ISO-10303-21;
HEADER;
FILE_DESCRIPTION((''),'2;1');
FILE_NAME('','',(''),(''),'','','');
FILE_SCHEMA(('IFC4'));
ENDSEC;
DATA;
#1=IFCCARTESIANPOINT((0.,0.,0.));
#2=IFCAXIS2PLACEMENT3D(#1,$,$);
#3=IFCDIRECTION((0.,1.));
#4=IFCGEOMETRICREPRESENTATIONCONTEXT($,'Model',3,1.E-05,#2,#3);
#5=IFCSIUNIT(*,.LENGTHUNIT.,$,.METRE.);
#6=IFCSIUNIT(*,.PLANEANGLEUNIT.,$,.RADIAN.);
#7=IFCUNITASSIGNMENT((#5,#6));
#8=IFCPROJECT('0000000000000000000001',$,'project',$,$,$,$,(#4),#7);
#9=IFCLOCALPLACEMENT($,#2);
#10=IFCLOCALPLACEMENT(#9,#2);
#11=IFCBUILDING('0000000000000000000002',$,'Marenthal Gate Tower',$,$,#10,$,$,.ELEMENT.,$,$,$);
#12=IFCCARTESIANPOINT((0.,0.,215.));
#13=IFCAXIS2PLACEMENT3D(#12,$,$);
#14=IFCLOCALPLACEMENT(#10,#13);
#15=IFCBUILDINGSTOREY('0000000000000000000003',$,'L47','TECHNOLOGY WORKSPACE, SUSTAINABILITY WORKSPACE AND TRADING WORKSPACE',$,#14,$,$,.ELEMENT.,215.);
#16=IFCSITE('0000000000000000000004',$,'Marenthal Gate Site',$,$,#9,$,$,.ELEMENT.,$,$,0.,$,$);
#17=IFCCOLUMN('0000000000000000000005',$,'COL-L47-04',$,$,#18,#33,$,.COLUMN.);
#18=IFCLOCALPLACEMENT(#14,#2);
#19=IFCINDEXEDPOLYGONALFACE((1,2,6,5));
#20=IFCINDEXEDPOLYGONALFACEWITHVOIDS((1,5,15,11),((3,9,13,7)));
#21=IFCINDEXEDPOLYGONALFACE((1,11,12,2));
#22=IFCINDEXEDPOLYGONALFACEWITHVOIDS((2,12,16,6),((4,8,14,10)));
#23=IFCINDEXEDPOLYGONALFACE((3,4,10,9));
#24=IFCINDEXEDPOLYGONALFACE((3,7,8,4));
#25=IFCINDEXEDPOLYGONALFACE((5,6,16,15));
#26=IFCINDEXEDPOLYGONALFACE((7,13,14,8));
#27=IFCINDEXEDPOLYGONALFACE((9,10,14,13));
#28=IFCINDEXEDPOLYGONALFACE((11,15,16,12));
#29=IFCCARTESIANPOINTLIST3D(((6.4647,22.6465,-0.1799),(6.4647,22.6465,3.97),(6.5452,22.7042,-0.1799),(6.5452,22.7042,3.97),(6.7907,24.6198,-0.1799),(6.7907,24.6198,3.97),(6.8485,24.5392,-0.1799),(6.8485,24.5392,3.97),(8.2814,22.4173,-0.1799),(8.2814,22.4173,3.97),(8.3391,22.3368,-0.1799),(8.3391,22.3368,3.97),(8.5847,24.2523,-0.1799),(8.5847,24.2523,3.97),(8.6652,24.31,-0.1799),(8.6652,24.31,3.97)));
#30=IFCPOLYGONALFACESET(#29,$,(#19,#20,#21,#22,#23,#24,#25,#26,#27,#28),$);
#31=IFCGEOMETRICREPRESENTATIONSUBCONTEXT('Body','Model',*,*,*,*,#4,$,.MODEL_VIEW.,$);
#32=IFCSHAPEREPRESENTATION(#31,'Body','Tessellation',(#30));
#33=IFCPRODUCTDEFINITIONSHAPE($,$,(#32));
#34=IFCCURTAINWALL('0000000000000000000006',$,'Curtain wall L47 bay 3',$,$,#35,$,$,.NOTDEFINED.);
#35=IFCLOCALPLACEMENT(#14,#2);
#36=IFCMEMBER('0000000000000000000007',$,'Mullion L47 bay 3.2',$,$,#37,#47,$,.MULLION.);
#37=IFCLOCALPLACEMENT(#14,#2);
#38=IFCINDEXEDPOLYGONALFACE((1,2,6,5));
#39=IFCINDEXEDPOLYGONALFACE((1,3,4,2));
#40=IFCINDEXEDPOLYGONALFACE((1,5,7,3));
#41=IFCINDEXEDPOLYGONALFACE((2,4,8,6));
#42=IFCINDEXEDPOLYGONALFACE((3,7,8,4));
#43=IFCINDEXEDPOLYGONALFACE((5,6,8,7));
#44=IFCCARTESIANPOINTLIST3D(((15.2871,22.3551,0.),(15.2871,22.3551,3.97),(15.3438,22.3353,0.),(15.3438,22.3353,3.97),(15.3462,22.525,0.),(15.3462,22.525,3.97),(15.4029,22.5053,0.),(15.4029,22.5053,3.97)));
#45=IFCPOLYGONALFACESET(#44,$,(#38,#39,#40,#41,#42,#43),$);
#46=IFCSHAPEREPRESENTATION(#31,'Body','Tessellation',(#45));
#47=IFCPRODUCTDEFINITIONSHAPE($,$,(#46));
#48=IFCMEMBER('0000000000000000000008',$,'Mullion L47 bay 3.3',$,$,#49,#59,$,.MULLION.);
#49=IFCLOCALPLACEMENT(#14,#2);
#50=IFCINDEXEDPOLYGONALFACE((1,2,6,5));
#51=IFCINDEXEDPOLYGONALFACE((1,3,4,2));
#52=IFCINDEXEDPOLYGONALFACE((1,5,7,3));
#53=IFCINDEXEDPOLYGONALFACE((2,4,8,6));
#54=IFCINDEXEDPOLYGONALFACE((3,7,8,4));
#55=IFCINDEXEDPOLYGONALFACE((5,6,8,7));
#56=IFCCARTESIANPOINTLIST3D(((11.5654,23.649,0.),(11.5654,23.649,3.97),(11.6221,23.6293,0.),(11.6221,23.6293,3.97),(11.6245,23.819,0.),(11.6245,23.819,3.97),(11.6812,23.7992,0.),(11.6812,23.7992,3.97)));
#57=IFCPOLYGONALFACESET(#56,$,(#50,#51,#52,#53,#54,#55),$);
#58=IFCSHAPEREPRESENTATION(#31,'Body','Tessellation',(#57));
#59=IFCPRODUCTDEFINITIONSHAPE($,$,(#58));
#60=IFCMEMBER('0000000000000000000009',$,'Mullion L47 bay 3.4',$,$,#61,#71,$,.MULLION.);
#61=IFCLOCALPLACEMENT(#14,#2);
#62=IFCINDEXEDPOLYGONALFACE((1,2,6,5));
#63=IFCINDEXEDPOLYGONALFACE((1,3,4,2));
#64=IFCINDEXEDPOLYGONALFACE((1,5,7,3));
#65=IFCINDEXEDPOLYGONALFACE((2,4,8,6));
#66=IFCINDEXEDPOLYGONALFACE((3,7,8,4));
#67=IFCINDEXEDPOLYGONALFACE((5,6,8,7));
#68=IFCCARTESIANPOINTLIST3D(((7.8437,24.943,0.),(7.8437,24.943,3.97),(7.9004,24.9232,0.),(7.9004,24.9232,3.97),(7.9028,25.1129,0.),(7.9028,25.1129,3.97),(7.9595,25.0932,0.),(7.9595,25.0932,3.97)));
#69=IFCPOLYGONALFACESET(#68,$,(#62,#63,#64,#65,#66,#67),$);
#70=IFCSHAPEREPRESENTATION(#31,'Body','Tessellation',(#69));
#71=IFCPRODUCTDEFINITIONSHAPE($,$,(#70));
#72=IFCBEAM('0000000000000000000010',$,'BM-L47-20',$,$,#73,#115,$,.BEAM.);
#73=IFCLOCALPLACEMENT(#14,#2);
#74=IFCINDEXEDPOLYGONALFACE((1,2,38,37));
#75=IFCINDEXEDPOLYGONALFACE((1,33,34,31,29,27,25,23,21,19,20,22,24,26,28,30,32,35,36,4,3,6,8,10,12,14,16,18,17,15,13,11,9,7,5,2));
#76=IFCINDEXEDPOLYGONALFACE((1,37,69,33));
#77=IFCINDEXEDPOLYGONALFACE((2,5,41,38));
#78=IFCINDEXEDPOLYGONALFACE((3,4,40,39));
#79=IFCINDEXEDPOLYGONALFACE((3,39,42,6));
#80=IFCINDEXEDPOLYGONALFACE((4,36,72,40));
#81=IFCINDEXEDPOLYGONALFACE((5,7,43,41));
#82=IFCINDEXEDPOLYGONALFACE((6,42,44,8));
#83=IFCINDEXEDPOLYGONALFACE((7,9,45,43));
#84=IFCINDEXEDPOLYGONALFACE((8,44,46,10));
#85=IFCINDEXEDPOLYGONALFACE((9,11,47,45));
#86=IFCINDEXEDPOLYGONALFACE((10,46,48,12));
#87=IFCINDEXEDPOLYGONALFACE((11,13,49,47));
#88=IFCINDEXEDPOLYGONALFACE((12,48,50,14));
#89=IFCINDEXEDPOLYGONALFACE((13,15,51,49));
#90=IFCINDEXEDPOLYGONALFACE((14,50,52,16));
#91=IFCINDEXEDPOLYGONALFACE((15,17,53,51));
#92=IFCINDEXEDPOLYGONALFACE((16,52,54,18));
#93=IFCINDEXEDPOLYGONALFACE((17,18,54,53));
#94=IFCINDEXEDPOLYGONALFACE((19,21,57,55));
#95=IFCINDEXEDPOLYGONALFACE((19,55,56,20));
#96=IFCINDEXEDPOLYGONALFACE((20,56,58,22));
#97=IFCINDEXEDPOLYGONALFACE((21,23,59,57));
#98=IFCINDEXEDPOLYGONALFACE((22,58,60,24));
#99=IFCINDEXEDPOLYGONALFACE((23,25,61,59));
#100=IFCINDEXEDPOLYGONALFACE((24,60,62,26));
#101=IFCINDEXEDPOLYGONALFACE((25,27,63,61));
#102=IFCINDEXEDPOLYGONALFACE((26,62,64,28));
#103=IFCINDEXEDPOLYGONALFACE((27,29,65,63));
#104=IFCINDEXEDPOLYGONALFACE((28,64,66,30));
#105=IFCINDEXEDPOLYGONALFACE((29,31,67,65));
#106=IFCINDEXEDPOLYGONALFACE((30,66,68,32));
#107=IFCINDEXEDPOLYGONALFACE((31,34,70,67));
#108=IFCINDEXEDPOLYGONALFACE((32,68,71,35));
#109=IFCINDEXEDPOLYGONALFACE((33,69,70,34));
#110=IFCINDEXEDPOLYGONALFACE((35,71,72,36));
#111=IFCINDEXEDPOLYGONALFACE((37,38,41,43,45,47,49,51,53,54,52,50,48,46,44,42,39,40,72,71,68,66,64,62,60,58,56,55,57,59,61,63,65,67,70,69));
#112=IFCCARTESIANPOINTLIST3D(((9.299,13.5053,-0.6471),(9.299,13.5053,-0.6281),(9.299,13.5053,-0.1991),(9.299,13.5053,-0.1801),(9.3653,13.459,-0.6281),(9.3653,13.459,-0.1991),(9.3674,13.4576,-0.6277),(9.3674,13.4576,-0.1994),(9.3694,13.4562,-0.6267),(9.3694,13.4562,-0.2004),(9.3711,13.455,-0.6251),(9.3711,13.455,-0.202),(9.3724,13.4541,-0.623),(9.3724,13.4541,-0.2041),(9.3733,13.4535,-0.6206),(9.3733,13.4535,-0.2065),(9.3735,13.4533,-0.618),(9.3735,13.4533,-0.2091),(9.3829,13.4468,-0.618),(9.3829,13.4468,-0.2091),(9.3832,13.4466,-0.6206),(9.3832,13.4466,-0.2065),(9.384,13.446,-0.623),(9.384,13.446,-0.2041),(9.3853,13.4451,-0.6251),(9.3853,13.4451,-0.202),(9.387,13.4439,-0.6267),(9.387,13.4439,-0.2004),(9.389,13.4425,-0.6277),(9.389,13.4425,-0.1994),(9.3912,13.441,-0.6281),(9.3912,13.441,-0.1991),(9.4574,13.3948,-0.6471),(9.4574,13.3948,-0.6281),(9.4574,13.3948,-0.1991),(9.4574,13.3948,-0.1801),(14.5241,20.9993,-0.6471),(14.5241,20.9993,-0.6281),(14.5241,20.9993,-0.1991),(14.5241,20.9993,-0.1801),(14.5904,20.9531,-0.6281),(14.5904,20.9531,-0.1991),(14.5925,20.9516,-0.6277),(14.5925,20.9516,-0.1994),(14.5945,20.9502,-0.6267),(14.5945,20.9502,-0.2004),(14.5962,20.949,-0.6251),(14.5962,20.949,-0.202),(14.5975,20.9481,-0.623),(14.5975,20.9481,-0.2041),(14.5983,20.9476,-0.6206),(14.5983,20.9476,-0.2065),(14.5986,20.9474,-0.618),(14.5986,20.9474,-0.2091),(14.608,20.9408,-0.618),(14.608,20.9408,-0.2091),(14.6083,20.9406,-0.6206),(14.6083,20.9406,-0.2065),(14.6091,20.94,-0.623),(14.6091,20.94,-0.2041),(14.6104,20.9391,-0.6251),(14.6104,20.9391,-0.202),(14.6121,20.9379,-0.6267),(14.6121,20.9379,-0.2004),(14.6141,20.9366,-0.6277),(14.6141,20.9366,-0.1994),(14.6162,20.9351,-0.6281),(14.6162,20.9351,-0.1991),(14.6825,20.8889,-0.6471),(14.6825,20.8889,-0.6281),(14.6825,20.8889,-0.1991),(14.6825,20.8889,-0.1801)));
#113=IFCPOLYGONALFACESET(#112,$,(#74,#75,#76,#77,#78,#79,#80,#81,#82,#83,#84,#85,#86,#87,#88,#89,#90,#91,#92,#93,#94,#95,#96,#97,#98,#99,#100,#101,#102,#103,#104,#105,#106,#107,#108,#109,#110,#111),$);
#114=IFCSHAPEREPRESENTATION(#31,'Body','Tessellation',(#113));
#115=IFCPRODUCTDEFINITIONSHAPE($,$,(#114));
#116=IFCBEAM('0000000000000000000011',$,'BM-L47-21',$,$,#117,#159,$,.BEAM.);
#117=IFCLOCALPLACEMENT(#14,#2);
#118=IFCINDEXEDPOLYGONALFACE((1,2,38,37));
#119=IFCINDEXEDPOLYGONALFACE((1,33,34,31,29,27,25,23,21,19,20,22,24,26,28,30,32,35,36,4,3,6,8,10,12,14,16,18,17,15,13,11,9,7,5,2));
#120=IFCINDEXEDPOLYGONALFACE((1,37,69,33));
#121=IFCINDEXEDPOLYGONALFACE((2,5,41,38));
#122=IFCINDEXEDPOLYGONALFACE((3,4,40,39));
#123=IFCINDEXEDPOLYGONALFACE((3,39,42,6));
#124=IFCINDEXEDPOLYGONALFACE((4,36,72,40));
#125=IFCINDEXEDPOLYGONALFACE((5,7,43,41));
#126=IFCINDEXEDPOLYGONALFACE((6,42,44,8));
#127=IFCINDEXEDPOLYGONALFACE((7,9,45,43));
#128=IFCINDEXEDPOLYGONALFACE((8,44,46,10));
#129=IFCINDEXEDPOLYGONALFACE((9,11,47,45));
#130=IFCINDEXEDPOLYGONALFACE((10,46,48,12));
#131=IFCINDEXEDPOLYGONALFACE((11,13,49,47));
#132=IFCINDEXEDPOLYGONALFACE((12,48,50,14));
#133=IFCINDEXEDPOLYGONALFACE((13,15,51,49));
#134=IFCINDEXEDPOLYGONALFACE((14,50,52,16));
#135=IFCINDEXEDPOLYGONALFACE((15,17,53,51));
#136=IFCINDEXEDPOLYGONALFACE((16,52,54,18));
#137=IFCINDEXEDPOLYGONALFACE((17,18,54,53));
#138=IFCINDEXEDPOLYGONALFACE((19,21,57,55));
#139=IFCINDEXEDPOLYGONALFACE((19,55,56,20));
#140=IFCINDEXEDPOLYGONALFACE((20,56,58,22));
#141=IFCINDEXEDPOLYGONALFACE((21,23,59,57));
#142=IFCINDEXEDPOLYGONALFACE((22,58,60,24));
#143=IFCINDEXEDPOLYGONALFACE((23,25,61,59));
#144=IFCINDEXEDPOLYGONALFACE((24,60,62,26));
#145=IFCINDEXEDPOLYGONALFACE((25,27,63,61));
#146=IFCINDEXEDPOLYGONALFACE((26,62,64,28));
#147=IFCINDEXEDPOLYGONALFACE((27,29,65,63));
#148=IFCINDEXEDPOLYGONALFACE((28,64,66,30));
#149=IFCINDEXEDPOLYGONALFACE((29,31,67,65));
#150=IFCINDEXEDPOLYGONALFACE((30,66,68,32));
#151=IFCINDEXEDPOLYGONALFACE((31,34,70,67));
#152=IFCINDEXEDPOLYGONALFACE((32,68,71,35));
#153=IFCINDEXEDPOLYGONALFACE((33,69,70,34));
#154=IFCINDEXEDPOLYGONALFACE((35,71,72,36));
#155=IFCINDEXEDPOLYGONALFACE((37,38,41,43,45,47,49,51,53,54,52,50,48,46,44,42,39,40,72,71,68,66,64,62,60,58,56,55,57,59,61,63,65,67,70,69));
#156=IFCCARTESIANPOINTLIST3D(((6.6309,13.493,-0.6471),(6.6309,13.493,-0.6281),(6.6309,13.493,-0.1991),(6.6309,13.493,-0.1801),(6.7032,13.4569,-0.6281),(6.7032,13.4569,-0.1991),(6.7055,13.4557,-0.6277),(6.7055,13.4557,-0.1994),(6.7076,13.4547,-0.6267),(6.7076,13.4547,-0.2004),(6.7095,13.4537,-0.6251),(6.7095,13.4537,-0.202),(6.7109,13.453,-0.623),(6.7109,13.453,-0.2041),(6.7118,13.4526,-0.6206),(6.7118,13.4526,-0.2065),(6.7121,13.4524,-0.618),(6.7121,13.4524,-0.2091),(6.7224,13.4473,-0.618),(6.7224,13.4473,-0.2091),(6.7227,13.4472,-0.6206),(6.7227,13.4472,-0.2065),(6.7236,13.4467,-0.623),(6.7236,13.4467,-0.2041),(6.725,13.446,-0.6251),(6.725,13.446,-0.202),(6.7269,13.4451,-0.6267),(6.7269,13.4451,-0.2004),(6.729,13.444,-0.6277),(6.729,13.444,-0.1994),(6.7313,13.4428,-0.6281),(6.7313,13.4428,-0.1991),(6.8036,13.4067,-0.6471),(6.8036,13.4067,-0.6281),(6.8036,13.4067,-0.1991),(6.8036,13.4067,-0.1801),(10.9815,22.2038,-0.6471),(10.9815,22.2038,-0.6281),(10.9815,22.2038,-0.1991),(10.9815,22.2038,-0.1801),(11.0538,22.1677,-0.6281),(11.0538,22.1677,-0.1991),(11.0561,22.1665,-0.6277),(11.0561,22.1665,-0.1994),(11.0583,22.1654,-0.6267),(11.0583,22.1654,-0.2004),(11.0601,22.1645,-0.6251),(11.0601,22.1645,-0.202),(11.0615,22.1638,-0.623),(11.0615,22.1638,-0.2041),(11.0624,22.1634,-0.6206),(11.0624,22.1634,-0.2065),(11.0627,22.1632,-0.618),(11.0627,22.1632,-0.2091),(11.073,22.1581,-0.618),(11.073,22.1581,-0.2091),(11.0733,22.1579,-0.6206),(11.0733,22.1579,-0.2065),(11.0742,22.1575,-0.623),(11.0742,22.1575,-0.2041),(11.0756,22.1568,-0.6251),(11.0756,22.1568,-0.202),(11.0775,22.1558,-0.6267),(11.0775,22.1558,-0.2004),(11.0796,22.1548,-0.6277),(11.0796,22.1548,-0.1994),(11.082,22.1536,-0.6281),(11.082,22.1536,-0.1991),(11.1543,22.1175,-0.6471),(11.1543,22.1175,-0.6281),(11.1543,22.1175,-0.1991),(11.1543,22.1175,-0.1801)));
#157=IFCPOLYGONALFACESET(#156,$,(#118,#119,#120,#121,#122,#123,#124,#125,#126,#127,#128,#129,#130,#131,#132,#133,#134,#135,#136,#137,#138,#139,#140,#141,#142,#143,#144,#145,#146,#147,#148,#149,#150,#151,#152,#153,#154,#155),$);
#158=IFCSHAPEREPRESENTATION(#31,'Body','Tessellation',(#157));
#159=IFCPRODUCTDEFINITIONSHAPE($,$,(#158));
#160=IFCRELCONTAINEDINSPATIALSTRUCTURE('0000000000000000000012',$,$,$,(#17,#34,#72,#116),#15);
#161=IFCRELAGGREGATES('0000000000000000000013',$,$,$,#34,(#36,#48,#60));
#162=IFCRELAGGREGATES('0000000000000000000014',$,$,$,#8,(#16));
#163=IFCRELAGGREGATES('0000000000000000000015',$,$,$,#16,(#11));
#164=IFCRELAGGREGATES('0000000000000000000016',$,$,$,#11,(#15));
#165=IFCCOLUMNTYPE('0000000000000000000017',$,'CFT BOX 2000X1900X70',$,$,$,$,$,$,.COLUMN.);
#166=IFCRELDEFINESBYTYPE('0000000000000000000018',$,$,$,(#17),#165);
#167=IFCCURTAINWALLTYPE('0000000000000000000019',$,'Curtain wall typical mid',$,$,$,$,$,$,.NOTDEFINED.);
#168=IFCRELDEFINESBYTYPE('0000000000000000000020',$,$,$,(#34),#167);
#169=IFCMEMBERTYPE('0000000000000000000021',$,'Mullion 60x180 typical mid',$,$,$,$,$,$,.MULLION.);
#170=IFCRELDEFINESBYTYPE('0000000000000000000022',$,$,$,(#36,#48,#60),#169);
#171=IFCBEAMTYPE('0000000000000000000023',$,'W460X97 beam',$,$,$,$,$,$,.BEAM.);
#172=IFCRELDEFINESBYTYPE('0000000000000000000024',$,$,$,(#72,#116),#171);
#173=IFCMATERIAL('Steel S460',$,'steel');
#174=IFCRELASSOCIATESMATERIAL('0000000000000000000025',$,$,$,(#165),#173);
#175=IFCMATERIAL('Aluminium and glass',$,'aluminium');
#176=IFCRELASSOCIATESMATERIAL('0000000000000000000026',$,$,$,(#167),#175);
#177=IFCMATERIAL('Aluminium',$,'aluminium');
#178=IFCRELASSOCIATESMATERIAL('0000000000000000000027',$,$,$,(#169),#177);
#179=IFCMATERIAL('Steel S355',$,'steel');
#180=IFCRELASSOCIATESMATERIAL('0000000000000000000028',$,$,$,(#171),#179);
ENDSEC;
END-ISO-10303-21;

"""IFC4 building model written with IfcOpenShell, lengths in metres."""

from ifc_helpers import new_model, si_unit, direction, frame, origin, origin_2d, place, context, subcontext, project, spatial, rectangle, hollow_rectangle, i_section, extrude, material, material_profile, profile_set, type_object, element, aggregate, save


model = new_model("IFC4")

# Units and contexts
model_context = context("Model", 3, precision=1e-05, world=origin(), true_north=direction((0.0, 1.0)))
body_context = subcontext(model_context, "Body", "Model", "MODEL_VIEW")
ifc_project = project(units=[si_unit("LENGTHUNIT", "METRE"), si_unit("PLANEANGLEUNIT", "RADIAN")], contexts=[model_context])

# Site, building, storey
site_placement = place(None, origin())
site = spatial("IfcSite", under=ifc_project, at=site_placement, Name="Marenthal Gate Site", CompositionType="ELEMENT", RefElevation=0.0)
building_placement = place(site_placement, origin())
building = spatial("IfcBuilding", under=site, at=building_placement, Name="Marenthal Gate Tower", CompositionType="ELEMENT")
storey_placement = place(building_placement, frame((0.0, 0.0, 215.0)))
storey = spatial("IfcBuildingStorey", under=building, at=storey_placement, Name="L47", Description="TECHNOLOGY WORKSPACE, SUSTAINABILITY WORKSPACE AND TRADING WORKSPACE", CompositionType="ELEMENT", Elevation=215.0)

# Column
ifc_material_1 = material(Name="Steel S460", Category="steel")
ifc_material_profile_1 = material_profile(ifc_material_1, hollow_rectangle(XDim=1.8999, YDim=2.0, WallThickness=0.0701, at=origin_2d()), Name="CFT BOX 2000X1900X70")
ifc_material_2 = material(Name="Concrete 70 MPa", Category="concrete")
ifc_material_profile_2 = material_profile(ifc_material_2, rectangle(XDim=1.76, YDim=1.8601, at=origin_2d()), Name="CFT BOX 2000X1900X70 INFILL")
ifc_profile_set_1 = profile_set([ifc_material_profile_1, ifc_material_profile_2], Name="Steel S460 shell, Concrete 70 MPa infill")
column_type = type_object("IfcColumnType", Name="CFT BOX 2000X1900X70", PredefinedType="COLUMN", material=ifc_profile_set_1)
column_placement = place(storey_placement, frame((7.5649, 23.4783, -0.1799), z_axis=(0.0, 0.0, 1.0), x_axis=(0.986619, -0.163044, 0.0)))
element("IfcColumn", 1, at=column_placement, inside=storey, type_object=column_type, Name="COL-L47-04", PredefinedType="COLUMN", context=body_context, shape_type="SweptSolid", body=[
    extrude(hollow_rectangle(XDim=1.8999, YDim=2.0, WallThickness=0.0701, at=origin_2d()), origin(), (0.0, 0.0, 1.0), 4.1499),
])

# Curtain wall, members
ifc_material_3 = material(Name="Aluminium and glass", Category="aluminium")
curtain_wall_type = type_object("IfcCurtainWallType", Name="Curtain wall typical mid", PredefinedType="NOTDEFINED", material=ifc_material_3)
curtain_wall_placement = place(storey_placement, origin())
curtain_wall = element("IfcCurtainWall", 2, at=curtain_wall_placement, inside=storey, type_object=curtain_wall_type, Name="Curtain wall L47 bay 3", PredefinedType="NOTDEFINED")
ifc_material_4 = material(Name="Aluminium", Category="aluminium")
ifc_material_profile_3 = material_profile(ifc_material_4, rectangle(XDim=0.1799, YDim=0.0601, at=origin_2d()), Name="60x180 aluminium mullion")
ifc_profile_set_2 = profile_set([ifc_material_profile_3], Name="Aluminium")
member_type = type_object("IfcMemberType", Name="Mullion 60x180 typical mid", PredefinedType="MULLION", material=ifc_profile_set_2)
member_1_placement = place(storey_placement, frame((15.345, 22.4302, 0.0), z_axis=(0.0, 0.0, 1.0), x_axis=(-0.3284, -0.944539, 0.0)))
member_1 = element("IfcMember", 3, at=member_1_placement, type_object=member_type, Name="Mullion L47 bay 3.2", PredefinedType="MULLION", context=body_context, shape_type="SweptSolid", body=[
    extrude(rectangle(XDim=0.1799, YDim=0.0601, at=origin_2d()), origin(), (0.0, 0.0, 1.0), 3.97),
])
member_2_placement = place(storey_placement, frame((11.6233, 23.7241, 0.0), z_axis=(0.0, 0.0, 1.0), x_axis=(-0.3284, -0.944539, 0.0)))
member_2 = element("IfcMember", 4, at=member_2_placement, type_object=member_type, Name="Mullion L47 bay 3.3", PredefinedType="MULLION", context=body_context, shape_type="SweptSolid", body=[
    extrude(rectangle(XDim=0.1799, YDim=0.0601, at=origin_2d()), origin(), (0.0, 0.0, 1.0), 3.97),
])
member_3_placement = place(storey_placement, frame((7.9016, 25.0181, 0.0), z_axis=(0.0, 0.0, 1.0), x_axis=(-0.3284, -0.944539, 0.0)))
member_3 = element("IfcMember", 5, at=member_3_placement, type_object=member_type, Name="Mullion L47 bay 3.4", PredefinedType="MULLION", context=body_context, shape_type="SweptSolid", body=[
    extrude(rectangle(XDim=0.1799, YDim=0.0601, at=origin_2d()), origin(), (0.0, 0.0, 1.0), 3.97),
])

# Beams
ifc_material_5 = material(Name="Steel S355", Category="steel")
ifc_material_profile_4 = material_profile(ifc_material_5, i_section(OverallWidth=0.1931, OverallDepth=0.467, WebThickness=0.0115, FlangeThickness=0.019, FilletRadius=0.01, at=origin_2d()), Name="W460X97")
ifc_profile_set_3 = profile_set([ifc_material_profile_4], Name="Steel S355")
beam_type_1 = type_object("IfcBeamType", Name="W460X97 beam", PredefinedType="BEAM", material=ifc_profile_set_3)
beam_1_placement = place(storey_placement, frame((14.6033, 20.9441, -0.4136), z_axis=(-0.571933, -0.8203, 0.0), x_axis=(0.8203, -0.571933, 0.0)))
element("IfcBeam", 6, at=beam_1_placement, inside=storey, type_object=beam_type_1, Name="BM-L47-20", PredefinedType="BEAM", context=body_context, shape_type="SweptSolid", body=[
    extrude(i_section(OverallWidth=0.1931, OverallDepth=0.467, WebThickness=0.0115, FlangeThickness=0.019, FilletRadius=0.01, at=origin_2d()), origin(), (0.0, 0.0, 1.0), 9.1357),
])
beam_2_placement = place(storey_placement, frame((11.0679, 22.1606, -0.4136), z_axis=(-0.446822, -0.894623, 0.0), x_axis=(0.894623, -0.446822, 0.0)))
element("IfcBeam", 7, at=beam_2_placement, inside=storey, type_object=beam_type_1, Name="BM-L47-21", PredefinedType="BEAM", context=body_context, shape_type="SweptSolid", body=[
    extrude(i_section(OverallWidth=0.1931, OverallDepth=0.467, WebThickness=0.0115, FlangeThickness=0.019, FilletRadius=0.01, at=origin_2d()), origin(), (0.0, 0.0, 1.0), 9.7368),
])

aggregate(curtain_wall, [member_1, member_2, member_3])

save(model, "model.ifc")
